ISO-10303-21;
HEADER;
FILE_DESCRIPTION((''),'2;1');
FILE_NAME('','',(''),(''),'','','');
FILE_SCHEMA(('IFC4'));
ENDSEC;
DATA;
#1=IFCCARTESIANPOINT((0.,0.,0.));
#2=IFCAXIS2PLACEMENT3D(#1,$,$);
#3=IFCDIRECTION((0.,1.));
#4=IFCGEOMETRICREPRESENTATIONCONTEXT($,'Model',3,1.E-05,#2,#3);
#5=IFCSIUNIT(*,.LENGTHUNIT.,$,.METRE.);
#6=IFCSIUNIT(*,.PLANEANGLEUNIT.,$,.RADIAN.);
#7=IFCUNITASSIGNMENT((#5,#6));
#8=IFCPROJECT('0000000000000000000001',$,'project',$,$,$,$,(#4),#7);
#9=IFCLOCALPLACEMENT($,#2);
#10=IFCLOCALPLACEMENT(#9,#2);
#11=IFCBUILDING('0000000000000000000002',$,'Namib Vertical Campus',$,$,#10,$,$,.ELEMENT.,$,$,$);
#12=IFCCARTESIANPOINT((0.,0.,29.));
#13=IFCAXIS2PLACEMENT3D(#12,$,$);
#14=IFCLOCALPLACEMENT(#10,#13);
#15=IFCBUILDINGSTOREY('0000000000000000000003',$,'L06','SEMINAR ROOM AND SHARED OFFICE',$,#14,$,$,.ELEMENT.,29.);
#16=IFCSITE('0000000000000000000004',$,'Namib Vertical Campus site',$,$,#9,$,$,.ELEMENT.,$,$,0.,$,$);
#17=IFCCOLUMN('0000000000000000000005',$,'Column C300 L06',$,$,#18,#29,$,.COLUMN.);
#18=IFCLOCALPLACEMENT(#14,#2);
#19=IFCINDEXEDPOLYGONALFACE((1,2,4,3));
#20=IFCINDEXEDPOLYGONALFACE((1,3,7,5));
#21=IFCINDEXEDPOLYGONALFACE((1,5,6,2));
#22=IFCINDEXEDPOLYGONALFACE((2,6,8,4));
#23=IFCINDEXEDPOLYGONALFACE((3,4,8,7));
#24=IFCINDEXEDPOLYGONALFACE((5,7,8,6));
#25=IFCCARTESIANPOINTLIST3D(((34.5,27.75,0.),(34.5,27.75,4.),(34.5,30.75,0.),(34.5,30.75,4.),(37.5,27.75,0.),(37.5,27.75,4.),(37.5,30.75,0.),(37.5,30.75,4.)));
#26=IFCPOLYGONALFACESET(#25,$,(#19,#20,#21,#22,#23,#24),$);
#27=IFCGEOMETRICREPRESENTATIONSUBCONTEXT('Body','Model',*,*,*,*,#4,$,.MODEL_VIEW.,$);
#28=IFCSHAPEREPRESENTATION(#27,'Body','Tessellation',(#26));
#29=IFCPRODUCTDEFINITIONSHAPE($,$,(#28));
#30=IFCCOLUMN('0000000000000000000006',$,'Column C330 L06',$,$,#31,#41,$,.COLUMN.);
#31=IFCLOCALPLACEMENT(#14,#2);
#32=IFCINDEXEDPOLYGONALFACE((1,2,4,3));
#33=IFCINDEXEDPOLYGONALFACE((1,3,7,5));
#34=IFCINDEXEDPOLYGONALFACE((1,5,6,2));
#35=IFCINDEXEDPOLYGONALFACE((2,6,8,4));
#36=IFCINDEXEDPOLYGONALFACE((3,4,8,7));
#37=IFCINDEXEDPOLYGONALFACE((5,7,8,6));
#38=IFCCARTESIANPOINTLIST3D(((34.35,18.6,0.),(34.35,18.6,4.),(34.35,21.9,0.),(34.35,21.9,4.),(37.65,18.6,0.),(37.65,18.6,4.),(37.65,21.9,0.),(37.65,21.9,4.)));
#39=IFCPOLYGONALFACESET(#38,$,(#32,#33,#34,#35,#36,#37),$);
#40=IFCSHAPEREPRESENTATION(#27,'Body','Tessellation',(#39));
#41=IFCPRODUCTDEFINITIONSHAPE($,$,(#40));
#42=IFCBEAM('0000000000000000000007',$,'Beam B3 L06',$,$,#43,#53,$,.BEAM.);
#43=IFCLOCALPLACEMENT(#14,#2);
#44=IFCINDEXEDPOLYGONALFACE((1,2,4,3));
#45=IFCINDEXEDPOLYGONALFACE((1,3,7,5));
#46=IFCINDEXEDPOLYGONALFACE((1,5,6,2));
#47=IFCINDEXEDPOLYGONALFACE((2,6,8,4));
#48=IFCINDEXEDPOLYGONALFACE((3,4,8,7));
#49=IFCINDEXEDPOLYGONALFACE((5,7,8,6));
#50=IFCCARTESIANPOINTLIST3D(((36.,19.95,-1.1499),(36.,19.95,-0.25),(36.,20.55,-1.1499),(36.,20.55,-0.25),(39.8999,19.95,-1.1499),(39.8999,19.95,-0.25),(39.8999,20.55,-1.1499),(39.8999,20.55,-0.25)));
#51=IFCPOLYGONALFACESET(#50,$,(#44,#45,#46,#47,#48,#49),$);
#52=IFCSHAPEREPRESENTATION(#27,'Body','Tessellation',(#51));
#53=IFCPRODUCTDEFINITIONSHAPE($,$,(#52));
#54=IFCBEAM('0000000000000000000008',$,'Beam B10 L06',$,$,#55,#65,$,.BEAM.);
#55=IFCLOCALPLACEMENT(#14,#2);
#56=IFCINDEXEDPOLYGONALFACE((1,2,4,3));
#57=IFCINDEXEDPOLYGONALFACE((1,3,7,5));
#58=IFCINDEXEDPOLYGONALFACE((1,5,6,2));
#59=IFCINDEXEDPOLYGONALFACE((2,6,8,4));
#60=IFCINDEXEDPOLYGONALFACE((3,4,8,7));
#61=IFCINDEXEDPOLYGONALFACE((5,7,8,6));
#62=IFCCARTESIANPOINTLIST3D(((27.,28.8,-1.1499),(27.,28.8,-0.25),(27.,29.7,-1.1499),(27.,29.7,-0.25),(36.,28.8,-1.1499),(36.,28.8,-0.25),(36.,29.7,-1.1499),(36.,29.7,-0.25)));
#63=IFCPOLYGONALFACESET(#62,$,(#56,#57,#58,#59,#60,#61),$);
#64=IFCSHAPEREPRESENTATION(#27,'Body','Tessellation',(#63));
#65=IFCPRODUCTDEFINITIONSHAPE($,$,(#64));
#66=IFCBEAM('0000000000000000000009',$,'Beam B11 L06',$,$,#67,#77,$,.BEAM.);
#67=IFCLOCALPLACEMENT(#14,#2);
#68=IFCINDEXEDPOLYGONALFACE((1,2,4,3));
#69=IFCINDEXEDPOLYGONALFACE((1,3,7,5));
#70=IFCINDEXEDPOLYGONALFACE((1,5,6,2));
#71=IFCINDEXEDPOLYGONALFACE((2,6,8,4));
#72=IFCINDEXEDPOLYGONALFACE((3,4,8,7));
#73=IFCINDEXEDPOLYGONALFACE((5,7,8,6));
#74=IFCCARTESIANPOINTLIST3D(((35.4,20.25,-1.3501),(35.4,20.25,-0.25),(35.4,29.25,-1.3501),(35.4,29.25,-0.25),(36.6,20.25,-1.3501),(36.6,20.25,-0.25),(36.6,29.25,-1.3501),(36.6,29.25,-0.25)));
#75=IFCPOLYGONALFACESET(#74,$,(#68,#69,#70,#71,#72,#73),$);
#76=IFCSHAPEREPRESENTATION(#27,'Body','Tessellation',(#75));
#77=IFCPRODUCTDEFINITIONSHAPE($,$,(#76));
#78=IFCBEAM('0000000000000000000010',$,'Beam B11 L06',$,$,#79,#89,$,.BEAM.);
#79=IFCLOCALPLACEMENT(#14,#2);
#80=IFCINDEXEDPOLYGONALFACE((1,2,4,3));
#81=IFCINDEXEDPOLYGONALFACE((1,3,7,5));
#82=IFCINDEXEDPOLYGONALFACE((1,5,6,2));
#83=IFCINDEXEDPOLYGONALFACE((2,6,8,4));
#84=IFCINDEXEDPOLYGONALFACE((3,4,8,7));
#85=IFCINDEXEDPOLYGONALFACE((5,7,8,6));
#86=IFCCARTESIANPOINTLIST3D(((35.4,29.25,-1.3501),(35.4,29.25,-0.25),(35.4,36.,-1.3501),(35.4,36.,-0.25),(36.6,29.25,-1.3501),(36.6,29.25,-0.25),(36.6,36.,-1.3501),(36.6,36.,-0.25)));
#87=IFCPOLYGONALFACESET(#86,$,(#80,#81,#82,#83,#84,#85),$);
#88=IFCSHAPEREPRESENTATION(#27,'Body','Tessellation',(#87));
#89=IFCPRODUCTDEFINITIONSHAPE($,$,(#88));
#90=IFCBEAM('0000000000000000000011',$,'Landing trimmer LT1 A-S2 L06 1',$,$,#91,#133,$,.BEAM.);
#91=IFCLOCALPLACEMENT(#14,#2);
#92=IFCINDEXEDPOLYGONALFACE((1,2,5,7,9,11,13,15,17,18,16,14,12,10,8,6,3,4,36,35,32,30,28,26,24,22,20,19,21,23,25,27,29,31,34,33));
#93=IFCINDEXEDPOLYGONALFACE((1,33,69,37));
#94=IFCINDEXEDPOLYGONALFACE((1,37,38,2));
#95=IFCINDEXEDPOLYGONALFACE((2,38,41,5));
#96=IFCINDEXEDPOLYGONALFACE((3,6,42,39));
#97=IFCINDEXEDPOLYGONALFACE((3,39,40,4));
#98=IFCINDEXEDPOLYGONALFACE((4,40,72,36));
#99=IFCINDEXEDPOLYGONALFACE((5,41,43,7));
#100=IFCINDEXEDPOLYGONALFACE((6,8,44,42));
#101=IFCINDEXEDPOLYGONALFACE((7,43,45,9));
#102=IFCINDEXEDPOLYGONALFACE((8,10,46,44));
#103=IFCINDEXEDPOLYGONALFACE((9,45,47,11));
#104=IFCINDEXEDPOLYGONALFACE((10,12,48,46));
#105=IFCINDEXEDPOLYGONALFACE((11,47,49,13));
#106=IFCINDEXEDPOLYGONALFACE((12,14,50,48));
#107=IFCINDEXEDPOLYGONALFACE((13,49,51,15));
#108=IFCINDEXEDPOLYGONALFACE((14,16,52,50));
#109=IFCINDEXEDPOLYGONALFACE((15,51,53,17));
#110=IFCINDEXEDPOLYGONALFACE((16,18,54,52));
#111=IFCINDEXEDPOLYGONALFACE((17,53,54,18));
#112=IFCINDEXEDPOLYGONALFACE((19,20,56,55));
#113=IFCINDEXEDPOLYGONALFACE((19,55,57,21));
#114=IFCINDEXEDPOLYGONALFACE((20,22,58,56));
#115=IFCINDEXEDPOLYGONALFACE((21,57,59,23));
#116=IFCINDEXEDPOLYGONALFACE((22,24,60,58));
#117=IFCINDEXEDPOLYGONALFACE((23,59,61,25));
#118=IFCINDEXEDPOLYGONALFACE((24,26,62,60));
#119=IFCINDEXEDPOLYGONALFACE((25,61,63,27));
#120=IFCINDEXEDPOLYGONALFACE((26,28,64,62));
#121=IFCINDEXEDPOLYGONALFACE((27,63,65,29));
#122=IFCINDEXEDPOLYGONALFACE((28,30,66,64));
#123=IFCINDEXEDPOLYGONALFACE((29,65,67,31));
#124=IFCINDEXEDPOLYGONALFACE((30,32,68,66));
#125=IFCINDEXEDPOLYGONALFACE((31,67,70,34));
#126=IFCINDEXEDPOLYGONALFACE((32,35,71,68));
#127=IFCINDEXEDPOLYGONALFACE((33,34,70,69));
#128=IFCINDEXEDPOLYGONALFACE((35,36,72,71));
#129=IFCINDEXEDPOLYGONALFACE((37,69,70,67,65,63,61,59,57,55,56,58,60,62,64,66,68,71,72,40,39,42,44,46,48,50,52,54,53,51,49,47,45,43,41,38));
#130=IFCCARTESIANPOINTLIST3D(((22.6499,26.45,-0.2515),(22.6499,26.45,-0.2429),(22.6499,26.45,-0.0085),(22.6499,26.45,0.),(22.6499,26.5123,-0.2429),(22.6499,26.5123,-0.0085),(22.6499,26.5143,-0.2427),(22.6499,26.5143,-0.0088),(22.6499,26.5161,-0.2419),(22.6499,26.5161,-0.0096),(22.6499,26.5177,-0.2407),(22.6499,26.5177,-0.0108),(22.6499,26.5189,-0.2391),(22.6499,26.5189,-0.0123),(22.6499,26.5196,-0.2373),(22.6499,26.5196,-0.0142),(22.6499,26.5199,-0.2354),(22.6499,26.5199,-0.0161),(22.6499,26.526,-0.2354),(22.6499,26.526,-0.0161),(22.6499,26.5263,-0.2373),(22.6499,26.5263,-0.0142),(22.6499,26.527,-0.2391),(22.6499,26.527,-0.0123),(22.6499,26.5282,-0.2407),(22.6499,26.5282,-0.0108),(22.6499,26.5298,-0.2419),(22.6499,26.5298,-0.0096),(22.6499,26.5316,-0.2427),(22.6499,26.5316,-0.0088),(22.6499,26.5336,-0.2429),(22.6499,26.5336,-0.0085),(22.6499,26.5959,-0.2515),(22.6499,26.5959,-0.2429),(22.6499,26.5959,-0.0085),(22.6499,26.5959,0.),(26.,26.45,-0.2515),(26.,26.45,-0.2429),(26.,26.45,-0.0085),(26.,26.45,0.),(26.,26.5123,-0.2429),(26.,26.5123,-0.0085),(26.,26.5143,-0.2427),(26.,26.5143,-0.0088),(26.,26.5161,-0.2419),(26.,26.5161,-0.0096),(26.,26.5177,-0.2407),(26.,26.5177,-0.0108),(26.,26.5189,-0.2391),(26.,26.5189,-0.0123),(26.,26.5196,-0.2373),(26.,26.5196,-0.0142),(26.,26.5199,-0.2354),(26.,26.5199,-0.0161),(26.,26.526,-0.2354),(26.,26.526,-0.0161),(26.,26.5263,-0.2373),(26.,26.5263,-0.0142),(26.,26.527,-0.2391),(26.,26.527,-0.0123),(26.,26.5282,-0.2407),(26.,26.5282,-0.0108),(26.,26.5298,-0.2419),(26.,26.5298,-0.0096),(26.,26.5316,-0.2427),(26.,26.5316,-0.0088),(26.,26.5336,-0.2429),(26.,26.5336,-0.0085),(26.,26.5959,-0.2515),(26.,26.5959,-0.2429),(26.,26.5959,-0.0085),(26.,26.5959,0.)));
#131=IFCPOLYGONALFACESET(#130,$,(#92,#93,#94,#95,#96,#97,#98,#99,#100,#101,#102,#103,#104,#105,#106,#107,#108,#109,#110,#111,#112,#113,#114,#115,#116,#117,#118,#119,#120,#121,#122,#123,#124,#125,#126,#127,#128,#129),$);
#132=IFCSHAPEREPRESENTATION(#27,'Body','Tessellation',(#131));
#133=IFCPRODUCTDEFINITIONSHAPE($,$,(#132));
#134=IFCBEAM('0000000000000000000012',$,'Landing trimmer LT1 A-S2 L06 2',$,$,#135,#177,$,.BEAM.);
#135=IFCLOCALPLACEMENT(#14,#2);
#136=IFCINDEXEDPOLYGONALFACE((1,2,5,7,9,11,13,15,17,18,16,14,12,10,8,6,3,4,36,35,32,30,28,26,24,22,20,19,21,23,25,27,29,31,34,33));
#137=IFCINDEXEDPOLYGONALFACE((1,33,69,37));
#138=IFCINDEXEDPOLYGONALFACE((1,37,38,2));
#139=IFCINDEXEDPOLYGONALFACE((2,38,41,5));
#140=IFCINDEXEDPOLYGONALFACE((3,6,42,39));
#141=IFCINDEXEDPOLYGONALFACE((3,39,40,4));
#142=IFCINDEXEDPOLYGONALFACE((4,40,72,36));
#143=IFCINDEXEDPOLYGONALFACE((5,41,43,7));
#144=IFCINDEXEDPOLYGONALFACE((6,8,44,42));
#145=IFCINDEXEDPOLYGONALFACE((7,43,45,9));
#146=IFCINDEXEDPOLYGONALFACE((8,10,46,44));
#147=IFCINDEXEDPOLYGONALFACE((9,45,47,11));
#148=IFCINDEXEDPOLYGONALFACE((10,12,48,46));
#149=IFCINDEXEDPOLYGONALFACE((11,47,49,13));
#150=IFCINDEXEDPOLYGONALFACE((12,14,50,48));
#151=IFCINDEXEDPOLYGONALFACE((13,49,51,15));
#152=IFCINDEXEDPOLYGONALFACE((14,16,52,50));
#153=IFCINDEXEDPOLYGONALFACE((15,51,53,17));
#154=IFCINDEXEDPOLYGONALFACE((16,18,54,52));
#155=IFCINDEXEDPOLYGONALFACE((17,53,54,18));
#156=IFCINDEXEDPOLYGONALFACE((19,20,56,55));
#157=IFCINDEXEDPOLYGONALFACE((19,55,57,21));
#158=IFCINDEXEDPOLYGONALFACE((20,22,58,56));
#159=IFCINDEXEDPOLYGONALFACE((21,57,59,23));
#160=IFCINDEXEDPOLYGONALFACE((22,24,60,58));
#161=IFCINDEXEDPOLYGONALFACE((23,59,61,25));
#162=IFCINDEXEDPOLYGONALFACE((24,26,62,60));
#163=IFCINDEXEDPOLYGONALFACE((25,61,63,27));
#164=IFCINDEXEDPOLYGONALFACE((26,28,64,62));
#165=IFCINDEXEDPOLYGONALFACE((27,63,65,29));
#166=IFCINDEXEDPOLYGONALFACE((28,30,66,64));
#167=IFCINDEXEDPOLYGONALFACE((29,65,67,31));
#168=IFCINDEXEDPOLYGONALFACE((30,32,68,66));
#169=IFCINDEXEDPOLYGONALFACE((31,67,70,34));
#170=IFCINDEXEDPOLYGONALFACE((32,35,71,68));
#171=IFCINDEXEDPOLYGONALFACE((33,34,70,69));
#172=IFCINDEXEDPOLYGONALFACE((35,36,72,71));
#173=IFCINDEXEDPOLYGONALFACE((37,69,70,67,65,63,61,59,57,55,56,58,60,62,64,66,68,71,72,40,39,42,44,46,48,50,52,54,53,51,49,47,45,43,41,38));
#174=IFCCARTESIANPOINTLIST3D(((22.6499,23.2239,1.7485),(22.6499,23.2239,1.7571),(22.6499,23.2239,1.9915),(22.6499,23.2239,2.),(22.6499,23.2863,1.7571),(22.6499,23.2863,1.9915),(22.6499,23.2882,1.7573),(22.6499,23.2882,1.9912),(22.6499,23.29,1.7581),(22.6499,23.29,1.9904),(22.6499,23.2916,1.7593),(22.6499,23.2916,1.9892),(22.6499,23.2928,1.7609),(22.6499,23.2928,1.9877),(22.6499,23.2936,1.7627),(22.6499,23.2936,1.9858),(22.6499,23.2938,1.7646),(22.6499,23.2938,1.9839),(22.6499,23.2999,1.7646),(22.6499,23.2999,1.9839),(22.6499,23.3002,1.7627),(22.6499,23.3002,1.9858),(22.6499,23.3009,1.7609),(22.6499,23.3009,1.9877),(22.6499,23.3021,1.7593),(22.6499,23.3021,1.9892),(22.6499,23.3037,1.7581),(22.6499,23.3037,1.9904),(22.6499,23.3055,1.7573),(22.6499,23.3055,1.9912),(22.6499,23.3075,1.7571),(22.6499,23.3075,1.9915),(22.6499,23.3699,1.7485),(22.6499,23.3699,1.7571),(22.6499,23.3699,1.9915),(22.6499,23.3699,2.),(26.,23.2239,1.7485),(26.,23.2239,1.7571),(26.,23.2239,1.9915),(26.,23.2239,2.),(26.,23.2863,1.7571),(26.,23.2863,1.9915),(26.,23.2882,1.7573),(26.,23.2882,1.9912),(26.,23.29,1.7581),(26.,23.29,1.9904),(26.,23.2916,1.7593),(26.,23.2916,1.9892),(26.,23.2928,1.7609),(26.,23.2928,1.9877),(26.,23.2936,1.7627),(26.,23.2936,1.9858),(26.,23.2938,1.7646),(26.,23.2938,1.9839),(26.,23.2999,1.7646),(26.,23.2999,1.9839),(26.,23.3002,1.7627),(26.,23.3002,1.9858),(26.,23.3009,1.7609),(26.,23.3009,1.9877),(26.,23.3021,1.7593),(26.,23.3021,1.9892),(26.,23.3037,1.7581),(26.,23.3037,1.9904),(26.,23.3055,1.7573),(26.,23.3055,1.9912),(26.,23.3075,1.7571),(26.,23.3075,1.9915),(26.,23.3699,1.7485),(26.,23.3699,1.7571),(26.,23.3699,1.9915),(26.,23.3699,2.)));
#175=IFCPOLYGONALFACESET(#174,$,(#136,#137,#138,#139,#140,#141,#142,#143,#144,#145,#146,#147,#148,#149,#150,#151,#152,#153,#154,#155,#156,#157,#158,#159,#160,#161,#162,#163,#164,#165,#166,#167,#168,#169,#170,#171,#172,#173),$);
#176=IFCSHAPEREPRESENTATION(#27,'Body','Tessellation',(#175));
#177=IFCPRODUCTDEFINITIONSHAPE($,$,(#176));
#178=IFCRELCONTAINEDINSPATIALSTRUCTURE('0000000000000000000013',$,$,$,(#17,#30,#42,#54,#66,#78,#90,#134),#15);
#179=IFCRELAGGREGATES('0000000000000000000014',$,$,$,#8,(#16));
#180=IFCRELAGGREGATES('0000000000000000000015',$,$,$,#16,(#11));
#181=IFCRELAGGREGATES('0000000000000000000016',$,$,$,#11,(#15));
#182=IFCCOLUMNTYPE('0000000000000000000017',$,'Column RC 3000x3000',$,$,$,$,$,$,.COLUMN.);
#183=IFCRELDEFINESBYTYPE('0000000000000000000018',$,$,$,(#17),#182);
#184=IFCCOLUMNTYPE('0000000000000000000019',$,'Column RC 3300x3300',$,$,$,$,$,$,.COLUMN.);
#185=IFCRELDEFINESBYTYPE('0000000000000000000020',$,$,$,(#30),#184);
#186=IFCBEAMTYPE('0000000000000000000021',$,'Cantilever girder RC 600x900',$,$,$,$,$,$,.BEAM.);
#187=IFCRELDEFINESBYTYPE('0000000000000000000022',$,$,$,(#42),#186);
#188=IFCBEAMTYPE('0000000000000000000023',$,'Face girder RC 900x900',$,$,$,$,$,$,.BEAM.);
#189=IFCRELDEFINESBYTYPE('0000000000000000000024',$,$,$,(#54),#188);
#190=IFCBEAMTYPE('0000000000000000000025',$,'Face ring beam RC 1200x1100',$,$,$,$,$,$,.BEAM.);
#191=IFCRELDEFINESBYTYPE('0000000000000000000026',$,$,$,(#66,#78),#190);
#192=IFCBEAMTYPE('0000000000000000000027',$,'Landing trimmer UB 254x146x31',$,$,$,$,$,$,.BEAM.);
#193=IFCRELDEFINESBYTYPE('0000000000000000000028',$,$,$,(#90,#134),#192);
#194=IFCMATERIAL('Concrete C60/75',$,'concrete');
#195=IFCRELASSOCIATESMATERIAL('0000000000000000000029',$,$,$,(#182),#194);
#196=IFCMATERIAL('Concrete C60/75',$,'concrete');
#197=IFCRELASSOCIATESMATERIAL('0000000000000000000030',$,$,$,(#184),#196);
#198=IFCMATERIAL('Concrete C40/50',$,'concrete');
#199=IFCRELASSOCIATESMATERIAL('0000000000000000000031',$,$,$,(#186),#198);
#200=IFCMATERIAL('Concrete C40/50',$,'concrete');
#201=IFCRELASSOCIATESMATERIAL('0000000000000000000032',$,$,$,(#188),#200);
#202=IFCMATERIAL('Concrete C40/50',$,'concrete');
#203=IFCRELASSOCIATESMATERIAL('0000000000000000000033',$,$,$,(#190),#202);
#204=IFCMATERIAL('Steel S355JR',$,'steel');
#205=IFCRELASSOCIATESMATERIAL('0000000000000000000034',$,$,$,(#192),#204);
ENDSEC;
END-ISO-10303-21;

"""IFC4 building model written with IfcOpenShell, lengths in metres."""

from ifc_helpers import new_model, si_unit, direction, frame, origin, origin_2d, place, context, subcontext, project, spatial, rectangle, i_section, extrude, material, material_profile, profile_set, type_object, element, save


model = new_model("IFC4")

# Units and contexts
model_context = context("Model", 3, precision=1e-05, world=origin(), true_north=direction((0.0, 1.0)))
body_context = subcontext(model_context, "Body", "Model", "MODEL_VIEW")
ifc_project = project(units=[si_unit("LENGTHUNIT", "METRE"), si_unit("PLANEANGLEUNIT", "RADIAN")], contexts=[model_context])

# Site, building, storey
site_placement = place(None, origin())
site = spatial("IfcSite", under=ifc_project, at=site_placement, Name="Namib Vertical Campus site", CompositionType="ELEMENT", RefElevation=0.0)
building_placement = place(site_placement, origin())
building = spatial("IfcBuilding", under=site, at=building_placement, Name="Namib Vertical Campus", CompositionType="ELEMENT")
storey_placement = place(building_placement, frame((0.0, 0.0, 29.0)))
storey = spatial("IfcBuildingStorey", under=building, at=storey_placement, Name="L06", Description="SEMINAR ROOM AND SHARED OFFICE", CompositionType="ELEMENT", Elevation=29.0)

# Columns
ifc_material_1 = material(Name="Concrete C60/75", Category="concrete")
ifc_material_profile_1 = material_profile(ifc_material_1, rectangle(XDim=3.0, YDim=3.0, at=origin_2d()))
ifc_profile_set_1 = profile_set([ifc_material_profile_1], Name="Concrete C60/75")
column_type_1 = type_object("IfcColumnType", Name="Column RC 3000x3000", PredefinedType="COLUMN", material=ifc_profile_set_1)
column_1_placement = place(storey_placement, frame((36.0, 29.25, 0.0), z_axis=(0.0, 0.0, 1.0), x_axis=(1.0, 0.0, 0.0)))
element("IfcColumn", 1, at=column_1_placement, inside=storey, type_object=column_type_1, Name="Column C300 L06", PredefinedType="COLUMN", context=body_context, shape_type="SweptSolid", body=[
    extrude(rectangle(XDim=3.0, YDim=3.0, at=origin_2d()), origin(), (0.0, 0.0, 1.0), 4.0),
])
ifc_material_2 = material(Name="Concrete C60/75", Category="concrete")
ifc_material_profile_2 = material_profile(ifc_material_2, rectangle(XDim=3.3, YDim=3.3, at=origin_2d()))
ifc_profile_set_2 = profile_set([ifc_material_profile_2], Name="Concrete C60/75")
column_type_2 = type_object("IfcColumnType", Name="Column RC 3300x3300", PredefinedType="COLUMN", material=ifc_profile_set_2)
column_2_placement = place(storey_placement, frame((36.0, 20.25, 0.0), z_axis=(0.0, 0.0, 1.0), x_axis=(1.0, 0.0, 0.0)))
element("IfcColumn", 2, at=column_2_placement, inside=storey, type_object=column_type_2, Name="Column C330 L06", PredefinedType="COLUMN", context=body_context, shape_type="SweptSolid", body=[
    extrude(rectangle(XDim=3.3, YDim=3.3, at=origin_2d()), origin(), (0.0, 0.0, 1.0), 4.0),
])

# Beams
ifc_material_3 = material(Name="Concrete C40/50", Category="concrete")
ifc_material_profile_3 = material_profile(ifc_material_3, rectangle(XDim=0.6001, YDim=0.8999, at=origin_2d()))
ifc_profile_set_3 = profile_set([ifc_material_profile_3], Name="Concrete C40/50")
beam_type_1 = type_object("IfcBeamType", Name="Cantilever girder RC 600x900", PredefinedType="BEAM", material=ifc_profile_set_3)
beam_1_placement = place(storey_placement, frame((36.0, 20.25, -0.7), z_axis=(1.0, 0.0, 0.0), x_axis=(0.0, 1.0, 0.0)))
element("IfcBeam", 3, at=beam_1_placement, inside=storey, type_object=beam_type_1, Name="Beam B3 L06", PredefinedType="BEAM", context=body_context, shape_type="SweptSolid", body=[
    extrude(rectangle(XDim=0.6001, YDim=0.8999, at=origin_2d()), origin(), (0.0, 0.0, 1.0), 3.8999),
])
ifc_material_4 = material(Name="Concrete C40/50", Category="concrete")
ifc_material_profile_4 = material_profile(ifc_material_4, rectangle(XDim=0.8999, YDim=0.8999, at=origin_2d()))
ifc_profile_set_4 = profile_set([ifc_material_profile_4], Name="Concrete C40/50")
beam_type_2 = type_object("IfcBeamType", Name="Face girder RC 900x900", PredefinedType="BEAM", material=ifc_profile_set_4)
beam_2_placement = place(storey_placement, frame((36.0, 29.25, -0.7), z_axis=(-1.0, 0.0, 0.0), x_axis=(0.0, -1.0, 0.0)))
element("IfcBeam", 4, at=beam_2_placement, inside=storey, type_object=beam_type_2, Name="Beam B10 L06", PredefinedType="BEAM", context=body_context, shape_type="SweptSolid", body=[
    extrude(rectangle(XDim=0.8999, YDim=0.8999, at=origin_2d()), origin(), (0.0, 0.0, 1.0), 9.0),
])
ifc_material_5 = material(Name="Concrete C40/50", Category="concrete")
ifc_material_profile_5 = material_profile(ifc_material_5, rectangle(XDim=1.2, YDim=1.1001, at=origin_2d()))
ifc_profile_set_5 = profile_set([ifc_material_profile_5], Name="Concrete C40/50")
beam_type_3 = type_object("IfcBeamType", Name="Face ring beam RC 1200x1100", PredefinedType="BEAM", material=ifc_profile_set_5)
beam_3_placement = place(storey_placement, frame((36.0, 20.25, -0.8), z_axis=(0.0, 1.0, 0.0), x_axis=(-1.0, 0.0, 0.0)))
element("IfcBeam", 5, at=beam_3_placement, inside=storey, type_object=beam_type_3, Name="Beam B11 L06", PredefinedType="BEAM", context=body_context, shape_type="SweptSolid", body=[
    extrude(rectangle(XDim=1.2, YDim=1.1001, at=origin_2d()), origin(), (0.0, 0.0, 1.0), 9.0),
])
beam_4_placement = place(storey_placement, frame((36.0, 29.25, -0.8), z_axis=(0.0, 1.0, 0.0), x_axis=(-1.0, 0.0, 0.0)))
element("IfcBeam", 6, at=beam_4_placement, inside=storey, type_object=beam_type_3, Name="Beam B11 L06", PredefinedType="BEAM", context=body_context, shape_type="SweptSolid", body=[
    extrude(rectangle(XDim=1.2, YDim=1.1001, at=origin_2d()), origin(), (0.0, 0.0, 1.0), 6.75),
])
ifc_material_6 = material(Name="Steel S355JR", Category="steel")
ifc_material_profile_6 = material_profile(ifc_material_6, i_section(OverallWidth=0.146, OverallDepth=0.2515, WebThickness=0.0061, FlangeThickness=0.0085, FilletRadius=0.0076, at=origin_2d()))
ifc_profile_set_6 = profile_set([ifc_material_profile_6], Name="Steel S355JR")
beam_type_4 = type_object("IfcBeamType", Name="Landing trimmer UB 254x146x31", PredefinedType="BEAM", material=ifc_profile_set_6)
for number, where, z_axis, x_axis, name in (
    (7, (22.6499, 26.5229, -0.1257), (1.0, 0.0, 0.0), (0.0, 1.0, 0.0), "Landing trimmer LT1 A-S2 L06 1"),
    (8, (22.6499, 23.2969, 1.8743), (1.0, 0.0, 0.0), (0.0, 1.0, 0.0), "Landing trimmer LT1 A-S2 L06 2"),
):
    element("IfcBeam", number, at=place(storey_placement, frame(where, z_axis=z_axis, x_axis=x_axis)), inside=storey, type_object=beam_type_4, Name=name, PredefinedType="BEAM", context=body_context, shape_type="SweptSolid", body=[
        extrude(i_section(OverallWidth=0.146, OverallDepth=0.2515, WebThickness=0.0061, FlangeThickness=0.0085, FilletRadius=0.0076, at=origin_2d()), origin(), (0.0, 0.0, 1.0), 3.3501),
    ])

save(model, "model.ifc")
